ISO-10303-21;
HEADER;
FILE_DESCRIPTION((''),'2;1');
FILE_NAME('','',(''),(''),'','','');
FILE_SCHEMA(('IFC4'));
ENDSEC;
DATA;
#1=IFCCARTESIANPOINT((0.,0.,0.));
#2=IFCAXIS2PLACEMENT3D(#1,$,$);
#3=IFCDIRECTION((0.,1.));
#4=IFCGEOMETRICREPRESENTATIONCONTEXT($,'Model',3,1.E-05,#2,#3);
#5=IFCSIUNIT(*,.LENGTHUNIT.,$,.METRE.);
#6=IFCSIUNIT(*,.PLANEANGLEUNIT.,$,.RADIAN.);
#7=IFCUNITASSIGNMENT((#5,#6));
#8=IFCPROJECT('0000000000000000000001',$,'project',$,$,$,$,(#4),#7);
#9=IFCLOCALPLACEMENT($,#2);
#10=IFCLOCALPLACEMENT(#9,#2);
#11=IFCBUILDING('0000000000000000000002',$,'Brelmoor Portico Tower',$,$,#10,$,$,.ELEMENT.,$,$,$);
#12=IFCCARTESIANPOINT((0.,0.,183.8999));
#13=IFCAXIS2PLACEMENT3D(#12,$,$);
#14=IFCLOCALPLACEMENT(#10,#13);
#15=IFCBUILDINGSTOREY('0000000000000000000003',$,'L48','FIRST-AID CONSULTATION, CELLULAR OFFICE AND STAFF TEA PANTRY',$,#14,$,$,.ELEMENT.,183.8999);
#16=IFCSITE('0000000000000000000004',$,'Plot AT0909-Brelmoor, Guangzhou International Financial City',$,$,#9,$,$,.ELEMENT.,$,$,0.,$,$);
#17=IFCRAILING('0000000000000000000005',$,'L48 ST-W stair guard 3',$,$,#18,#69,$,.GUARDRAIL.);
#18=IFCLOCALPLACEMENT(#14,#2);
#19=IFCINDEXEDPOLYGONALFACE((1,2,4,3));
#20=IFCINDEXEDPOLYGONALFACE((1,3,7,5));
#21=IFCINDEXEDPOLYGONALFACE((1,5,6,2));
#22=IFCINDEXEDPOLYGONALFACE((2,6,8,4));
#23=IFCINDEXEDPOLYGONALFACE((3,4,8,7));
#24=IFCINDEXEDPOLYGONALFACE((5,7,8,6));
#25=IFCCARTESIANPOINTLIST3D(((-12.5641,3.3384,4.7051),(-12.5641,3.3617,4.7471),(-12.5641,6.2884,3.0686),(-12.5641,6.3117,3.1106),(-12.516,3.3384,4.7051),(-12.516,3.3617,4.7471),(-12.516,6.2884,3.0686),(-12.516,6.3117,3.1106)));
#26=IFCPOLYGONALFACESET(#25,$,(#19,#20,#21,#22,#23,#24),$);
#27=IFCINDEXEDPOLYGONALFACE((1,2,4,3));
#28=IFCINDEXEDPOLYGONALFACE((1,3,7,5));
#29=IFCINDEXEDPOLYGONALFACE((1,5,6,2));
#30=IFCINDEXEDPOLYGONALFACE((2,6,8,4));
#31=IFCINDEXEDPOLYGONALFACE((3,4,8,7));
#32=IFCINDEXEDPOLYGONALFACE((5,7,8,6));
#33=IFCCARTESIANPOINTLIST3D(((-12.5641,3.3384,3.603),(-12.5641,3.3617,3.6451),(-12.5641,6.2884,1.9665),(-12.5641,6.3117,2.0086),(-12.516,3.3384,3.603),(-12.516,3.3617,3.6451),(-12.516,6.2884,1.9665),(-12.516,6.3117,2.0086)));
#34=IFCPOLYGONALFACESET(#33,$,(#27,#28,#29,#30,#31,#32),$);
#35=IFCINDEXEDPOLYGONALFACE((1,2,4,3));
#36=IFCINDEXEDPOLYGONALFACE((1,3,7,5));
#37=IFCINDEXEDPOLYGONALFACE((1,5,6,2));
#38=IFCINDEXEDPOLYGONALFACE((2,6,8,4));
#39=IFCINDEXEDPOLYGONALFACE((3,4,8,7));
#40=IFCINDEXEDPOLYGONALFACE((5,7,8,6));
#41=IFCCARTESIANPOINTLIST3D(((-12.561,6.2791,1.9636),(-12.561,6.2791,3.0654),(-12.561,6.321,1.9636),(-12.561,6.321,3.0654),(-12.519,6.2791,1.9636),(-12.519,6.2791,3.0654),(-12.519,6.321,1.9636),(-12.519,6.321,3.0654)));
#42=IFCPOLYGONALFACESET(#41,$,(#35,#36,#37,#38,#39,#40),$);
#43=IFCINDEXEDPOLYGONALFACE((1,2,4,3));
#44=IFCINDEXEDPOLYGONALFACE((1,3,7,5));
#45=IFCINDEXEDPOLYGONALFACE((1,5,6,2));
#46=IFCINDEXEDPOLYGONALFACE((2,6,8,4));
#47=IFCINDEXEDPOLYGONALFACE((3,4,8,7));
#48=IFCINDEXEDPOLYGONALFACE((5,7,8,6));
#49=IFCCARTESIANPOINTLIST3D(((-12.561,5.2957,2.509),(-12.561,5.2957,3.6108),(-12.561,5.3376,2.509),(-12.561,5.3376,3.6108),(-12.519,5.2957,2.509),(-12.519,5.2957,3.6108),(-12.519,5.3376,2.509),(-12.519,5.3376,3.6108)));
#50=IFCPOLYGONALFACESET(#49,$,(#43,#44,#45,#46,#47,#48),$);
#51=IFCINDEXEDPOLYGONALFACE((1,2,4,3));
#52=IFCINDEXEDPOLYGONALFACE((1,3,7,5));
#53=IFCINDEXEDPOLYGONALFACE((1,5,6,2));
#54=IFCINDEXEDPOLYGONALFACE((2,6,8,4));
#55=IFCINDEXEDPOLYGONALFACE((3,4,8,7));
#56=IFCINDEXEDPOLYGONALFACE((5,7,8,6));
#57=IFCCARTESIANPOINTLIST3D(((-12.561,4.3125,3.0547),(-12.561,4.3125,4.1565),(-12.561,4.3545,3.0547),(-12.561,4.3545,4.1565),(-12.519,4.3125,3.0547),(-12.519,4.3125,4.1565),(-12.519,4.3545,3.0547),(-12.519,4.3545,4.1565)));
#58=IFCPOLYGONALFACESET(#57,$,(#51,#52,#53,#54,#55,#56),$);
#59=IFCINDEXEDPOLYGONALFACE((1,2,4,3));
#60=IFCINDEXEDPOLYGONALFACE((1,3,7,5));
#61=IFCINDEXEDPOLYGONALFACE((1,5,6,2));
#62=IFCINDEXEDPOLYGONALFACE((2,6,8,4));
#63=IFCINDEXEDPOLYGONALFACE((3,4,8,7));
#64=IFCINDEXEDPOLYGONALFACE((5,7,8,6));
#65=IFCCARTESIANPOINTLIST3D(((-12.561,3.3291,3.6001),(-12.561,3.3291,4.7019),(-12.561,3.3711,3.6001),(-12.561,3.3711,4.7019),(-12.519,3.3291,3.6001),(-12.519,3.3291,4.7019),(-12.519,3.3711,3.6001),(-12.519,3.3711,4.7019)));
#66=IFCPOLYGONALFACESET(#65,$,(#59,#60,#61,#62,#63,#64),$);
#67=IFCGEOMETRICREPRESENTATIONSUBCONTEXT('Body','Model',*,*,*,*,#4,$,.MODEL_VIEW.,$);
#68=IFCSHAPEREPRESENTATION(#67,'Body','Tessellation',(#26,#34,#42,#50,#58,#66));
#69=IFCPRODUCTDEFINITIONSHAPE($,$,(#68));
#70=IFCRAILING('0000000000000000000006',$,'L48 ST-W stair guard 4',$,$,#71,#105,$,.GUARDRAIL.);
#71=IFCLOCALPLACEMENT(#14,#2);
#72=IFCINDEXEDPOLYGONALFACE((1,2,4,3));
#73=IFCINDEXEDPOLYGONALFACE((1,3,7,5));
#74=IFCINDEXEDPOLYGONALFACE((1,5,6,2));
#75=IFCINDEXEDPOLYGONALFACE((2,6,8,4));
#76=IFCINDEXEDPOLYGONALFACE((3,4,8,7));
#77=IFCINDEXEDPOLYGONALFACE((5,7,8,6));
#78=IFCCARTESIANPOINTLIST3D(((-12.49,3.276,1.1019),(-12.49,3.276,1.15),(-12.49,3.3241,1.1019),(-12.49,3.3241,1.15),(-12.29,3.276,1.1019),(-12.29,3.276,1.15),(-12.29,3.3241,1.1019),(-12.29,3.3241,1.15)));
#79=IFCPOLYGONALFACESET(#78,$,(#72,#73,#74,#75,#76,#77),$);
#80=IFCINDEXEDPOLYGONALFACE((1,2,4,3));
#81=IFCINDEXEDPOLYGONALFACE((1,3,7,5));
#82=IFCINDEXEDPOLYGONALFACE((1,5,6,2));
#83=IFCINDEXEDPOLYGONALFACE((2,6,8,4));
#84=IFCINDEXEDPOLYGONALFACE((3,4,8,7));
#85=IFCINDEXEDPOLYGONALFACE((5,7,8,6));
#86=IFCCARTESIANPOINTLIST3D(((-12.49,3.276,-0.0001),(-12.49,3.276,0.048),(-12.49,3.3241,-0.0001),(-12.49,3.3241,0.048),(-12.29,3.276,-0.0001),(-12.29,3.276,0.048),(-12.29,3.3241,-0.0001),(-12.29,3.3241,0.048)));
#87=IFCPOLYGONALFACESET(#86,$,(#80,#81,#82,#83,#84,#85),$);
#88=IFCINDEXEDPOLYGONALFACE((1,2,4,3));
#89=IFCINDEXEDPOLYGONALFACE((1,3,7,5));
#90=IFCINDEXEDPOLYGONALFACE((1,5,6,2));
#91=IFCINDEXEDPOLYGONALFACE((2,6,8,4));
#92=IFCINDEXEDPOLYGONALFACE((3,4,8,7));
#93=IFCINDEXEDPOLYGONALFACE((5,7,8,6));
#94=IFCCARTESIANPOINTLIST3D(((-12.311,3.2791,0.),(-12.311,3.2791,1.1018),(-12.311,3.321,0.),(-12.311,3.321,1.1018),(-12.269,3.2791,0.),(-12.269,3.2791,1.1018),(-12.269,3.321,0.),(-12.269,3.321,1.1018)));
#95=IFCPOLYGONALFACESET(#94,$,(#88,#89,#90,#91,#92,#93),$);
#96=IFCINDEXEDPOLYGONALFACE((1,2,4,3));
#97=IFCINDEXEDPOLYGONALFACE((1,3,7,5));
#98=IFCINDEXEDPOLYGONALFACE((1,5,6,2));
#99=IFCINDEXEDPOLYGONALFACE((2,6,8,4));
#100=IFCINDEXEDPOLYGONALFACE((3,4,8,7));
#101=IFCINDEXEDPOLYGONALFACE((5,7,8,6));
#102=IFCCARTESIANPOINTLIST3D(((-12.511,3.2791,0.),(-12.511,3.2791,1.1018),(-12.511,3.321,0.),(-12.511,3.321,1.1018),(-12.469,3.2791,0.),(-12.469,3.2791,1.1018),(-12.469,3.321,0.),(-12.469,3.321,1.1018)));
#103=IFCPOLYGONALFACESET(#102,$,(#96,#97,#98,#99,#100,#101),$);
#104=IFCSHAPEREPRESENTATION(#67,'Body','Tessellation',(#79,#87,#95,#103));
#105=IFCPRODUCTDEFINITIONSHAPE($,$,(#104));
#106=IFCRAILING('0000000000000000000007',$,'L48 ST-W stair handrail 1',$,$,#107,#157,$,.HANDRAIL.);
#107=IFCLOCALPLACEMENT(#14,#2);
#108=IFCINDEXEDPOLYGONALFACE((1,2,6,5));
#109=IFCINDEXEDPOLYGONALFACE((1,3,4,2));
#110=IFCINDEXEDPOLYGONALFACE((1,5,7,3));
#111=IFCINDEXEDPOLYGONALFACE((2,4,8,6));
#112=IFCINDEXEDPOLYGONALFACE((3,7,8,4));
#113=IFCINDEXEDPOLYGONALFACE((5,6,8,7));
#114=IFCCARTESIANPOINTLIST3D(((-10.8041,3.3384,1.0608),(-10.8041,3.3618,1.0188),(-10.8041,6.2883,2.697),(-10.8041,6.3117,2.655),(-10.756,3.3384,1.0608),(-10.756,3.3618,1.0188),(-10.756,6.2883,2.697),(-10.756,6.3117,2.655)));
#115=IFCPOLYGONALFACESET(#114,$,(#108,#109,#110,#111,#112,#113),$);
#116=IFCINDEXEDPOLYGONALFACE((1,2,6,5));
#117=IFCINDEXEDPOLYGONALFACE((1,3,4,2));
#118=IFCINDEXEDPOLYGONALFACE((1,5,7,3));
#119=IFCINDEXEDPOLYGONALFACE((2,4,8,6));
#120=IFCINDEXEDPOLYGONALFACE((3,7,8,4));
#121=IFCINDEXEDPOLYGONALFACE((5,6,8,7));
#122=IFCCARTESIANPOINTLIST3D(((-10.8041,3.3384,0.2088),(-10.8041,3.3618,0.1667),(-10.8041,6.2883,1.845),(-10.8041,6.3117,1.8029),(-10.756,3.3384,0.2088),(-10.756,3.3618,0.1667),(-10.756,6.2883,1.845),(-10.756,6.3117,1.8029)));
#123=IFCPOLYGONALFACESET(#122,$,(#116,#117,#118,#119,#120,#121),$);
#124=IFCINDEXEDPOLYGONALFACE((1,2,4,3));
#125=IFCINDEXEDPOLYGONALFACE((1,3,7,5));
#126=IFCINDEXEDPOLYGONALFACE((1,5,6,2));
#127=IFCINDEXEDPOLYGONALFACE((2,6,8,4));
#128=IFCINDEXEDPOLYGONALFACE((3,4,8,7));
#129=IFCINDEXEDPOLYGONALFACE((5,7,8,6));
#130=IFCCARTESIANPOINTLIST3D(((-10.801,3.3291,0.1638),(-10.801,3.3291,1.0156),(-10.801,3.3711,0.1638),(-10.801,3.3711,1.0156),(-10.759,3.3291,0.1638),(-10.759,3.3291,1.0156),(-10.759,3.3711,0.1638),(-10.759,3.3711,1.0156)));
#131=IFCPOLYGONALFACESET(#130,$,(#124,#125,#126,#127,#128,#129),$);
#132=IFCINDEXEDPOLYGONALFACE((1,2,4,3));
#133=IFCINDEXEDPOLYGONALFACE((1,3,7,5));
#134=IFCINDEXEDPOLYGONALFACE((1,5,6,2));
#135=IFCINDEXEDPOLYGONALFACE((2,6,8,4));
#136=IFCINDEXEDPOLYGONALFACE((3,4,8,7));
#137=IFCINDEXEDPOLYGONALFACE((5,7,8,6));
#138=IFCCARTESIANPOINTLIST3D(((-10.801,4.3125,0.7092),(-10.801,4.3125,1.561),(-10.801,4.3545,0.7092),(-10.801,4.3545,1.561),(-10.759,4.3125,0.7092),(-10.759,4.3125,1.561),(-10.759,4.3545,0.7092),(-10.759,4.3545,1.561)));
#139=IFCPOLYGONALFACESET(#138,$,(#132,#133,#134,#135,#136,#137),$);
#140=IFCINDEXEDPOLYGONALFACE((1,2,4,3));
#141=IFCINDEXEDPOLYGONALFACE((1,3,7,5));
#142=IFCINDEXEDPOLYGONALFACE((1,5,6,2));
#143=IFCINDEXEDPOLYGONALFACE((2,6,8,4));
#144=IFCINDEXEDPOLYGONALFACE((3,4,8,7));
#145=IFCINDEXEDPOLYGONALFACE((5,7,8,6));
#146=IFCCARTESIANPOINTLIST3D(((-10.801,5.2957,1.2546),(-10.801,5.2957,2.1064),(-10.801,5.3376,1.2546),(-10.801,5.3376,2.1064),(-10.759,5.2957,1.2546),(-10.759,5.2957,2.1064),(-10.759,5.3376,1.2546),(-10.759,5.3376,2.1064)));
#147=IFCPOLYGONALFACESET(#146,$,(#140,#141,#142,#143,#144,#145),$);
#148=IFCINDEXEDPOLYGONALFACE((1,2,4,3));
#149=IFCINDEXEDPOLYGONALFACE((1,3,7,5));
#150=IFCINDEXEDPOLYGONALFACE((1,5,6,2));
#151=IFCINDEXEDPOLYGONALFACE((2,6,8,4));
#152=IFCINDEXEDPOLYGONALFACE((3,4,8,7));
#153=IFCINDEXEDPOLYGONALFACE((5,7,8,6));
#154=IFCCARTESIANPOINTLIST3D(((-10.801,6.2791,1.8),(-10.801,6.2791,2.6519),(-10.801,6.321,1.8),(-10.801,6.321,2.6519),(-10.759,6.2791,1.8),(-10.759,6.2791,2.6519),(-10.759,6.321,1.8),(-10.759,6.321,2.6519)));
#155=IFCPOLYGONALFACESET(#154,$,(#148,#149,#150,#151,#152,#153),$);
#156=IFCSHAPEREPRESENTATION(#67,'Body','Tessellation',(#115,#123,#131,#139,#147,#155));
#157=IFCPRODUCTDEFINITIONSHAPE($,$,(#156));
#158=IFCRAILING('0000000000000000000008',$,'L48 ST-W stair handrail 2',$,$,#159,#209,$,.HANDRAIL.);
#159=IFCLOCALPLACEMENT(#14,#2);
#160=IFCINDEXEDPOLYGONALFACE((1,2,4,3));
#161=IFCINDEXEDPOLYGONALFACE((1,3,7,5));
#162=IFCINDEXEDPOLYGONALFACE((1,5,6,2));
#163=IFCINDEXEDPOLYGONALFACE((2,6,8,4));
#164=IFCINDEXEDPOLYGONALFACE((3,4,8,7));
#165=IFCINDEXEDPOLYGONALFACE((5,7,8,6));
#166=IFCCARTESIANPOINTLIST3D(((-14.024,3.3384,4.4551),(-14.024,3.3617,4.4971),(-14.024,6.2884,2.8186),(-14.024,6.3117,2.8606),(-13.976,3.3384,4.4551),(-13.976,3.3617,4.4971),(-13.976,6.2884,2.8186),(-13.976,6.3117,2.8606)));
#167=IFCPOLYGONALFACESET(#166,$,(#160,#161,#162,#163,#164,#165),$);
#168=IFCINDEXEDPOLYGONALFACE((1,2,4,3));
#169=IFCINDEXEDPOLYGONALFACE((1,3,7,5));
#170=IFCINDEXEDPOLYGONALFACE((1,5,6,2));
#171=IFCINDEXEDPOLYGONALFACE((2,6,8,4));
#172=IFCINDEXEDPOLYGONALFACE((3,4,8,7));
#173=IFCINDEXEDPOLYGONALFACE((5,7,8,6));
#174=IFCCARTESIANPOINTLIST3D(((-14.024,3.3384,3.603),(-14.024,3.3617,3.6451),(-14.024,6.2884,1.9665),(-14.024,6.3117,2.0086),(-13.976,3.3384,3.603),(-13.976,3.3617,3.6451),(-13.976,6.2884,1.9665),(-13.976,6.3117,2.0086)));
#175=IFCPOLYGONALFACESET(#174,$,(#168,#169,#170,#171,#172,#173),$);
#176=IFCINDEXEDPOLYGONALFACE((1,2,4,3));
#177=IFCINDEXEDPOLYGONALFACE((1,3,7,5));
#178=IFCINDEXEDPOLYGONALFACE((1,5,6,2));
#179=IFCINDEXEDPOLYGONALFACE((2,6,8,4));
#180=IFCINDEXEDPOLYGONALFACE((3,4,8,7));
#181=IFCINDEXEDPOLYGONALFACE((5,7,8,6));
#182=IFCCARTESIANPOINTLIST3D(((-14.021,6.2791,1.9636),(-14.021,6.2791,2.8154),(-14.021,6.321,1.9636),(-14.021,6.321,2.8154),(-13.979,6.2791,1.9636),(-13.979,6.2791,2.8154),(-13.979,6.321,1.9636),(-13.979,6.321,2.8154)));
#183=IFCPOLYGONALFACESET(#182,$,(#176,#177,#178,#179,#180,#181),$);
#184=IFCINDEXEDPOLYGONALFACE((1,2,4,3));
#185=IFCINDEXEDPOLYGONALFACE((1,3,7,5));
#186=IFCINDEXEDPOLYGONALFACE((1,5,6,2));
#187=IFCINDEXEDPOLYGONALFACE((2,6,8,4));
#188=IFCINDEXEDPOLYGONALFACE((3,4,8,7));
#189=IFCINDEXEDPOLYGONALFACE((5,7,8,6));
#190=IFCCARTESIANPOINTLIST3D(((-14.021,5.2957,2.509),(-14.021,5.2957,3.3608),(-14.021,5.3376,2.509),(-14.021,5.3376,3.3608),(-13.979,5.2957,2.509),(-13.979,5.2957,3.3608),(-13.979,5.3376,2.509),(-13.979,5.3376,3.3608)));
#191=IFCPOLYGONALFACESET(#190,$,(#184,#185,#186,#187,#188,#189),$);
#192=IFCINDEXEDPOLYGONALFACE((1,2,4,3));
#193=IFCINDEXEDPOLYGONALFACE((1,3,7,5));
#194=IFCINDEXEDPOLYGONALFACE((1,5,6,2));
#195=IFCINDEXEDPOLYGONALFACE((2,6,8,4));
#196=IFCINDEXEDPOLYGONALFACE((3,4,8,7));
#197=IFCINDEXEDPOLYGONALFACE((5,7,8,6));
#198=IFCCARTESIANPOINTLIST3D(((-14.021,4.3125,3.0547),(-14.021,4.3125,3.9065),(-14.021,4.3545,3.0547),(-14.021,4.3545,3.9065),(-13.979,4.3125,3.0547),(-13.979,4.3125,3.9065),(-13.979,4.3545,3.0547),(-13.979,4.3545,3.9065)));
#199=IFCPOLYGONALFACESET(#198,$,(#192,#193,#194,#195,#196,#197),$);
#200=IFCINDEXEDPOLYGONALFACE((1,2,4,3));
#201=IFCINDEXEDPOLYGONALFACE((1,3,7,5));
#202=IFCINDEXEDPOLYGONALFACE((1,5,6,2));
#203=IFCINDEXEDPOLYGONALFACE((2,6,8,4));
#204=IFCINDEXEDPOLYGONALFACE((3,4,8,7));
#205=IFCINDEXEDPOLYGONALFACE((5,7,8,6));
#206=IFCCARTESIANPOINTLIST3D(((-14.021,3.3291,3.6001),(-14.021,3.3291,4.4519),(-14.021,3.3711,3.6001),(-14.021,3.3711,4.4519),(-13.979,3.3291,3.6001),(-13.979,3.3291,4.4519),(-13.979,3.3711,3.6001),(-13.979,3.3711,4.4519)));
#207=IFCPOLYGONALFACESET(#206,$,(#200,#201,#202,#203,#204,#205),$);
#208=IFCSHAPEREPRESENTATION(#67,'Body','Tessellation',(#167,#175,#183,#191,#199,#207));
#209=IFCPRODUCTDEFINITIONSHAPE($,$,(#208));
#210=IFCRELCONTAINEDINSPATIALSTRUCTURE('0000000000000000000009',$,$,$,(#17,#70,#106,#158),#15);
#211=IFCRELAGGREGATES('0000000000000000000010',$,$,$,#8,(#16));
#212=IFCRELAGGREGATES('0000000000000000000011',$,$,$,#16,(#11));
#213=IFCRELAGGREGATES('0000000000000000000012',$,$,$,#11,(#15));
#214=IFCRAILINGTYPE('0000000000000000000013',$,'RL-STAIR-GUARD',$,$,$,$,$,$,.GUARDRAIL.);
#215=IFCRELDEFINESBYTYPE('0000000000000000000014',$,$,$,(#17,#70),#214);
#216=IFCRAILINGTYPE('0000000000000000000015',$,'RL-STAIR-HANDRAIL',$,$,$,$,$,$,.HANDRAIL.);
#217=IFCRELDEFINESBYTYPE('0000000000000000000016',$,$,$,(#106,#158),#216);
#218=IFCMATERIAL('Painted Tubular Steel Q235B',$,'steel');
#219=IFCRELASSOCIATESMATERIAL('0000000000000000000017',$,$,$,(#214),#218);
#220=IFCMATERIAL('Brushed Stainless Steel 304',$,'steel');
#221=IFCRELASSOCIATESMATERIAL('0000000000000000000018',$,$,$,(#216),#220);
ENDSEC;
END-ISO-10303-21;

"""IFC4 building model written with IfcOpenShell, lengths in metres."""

from ifc_helpers import new_model, si_unit, direction, frame, origin, origin_2d, place, context, subcontext, project, spatial, rectangle, extrude, material, type_object, element, save


model = new_model("IFC4")

# Units and contexts
model_context = context("Model", 3, precision=1e-05, world=origin(), true_north=direction((0.0, 1.0)))
body_context = subcontext(model_context, "Body", "Model", "MODEL_VIEW")
ifc_project = project(units=[si_unit("LENGTHUNIT", "METRE"), si_unit("PLANEANGLEUNIT", "RADIAN")], contexts=[model_context])

# Site, building, storey
site_placement = place(None, origin())
site = spatial("IfcSite", under=ifc_project, at=site_placement, Name="Plot AT0909-Brelmoor, Guangzhou International Financial City", CompositionType="ELEMENT", RefElevation=0.0)
building_placement = place(site_placement, origin())
building = spatial("IfcBuilding", under=site, at=building_placement, Name="Brelmoor Portico Tower", CompositionType="ELEMENT")
storey_placement = place(building_placement, frame((0.0, 0.0, 183.8999)))
storey = spatial("IfcBuildingStorey", under=building, at=storey_placement, Name="L48", Description="FIRST-AID CONSULTATION, CELLULAR OFFICE AND STAFF TEA PANTRY", CompositionType="ELEMENT", Elevation=183.8999)

# Railings
ifc_material_1 = material(Name="Painted Tubular Steel Q235B", Category="steel")
railing_type_1 = type_object("IfcRailingType", Name="RL-STAIR-GUARD", PredefinedType="GUARDRAIL", material=ifc_material_1)
railing_1_placement = place(storey_placement, frame((-12.54, 6.3, 1.9636)))
element("IfcRailing", 1, at=railing_1_placement, inside=storey, type_object=railing_type_1, Name="L48 ST-W stair guard 3", PredefinedType="GUARDRAIL", context=body_context, shape_type="SweptSolid", body=[
    extrude(rectangle(XDim=0.0481, YDim=0.0481, at=origin_2d()), frame((0.0, 0.0, 1.126), z_axis=(0.0, -0.874458, 0.485102), x_axis=(1.0, 0.0, 0.0)), (0.0, 0.0, 1.0), 3.3735),
    extrude(rectangle(XDim=0.0481, YDim=0.0481, at=origin_2d()), frame((0.0, 0.0, 0.0239), z_axis=(0.0, -0.874458, 0.485102), x_axis=(1.0, 0.0, 0.0)), (0.0, 0.0, 1.0), 3.3735),
    extrude(rectangle(XDim=0.042, YDim=0.042, at=origin_2d()), origin(), (0.0, 0.0, 1.0), 1.1018),
    extrude(rectangle(XDim=0.042, YDim=0.042, at=origin_2d()), frame((0.0, -0.9834, 0.5454)), (0.0, 0.0, 1.0), 1.1018),
    extrude(rectangle(XDim=0.042, YDim=0.042, at=origin_2d()), frame((0.0, -1.9666, 1.0911)), (0.0, 0.0, 1.0), 1.1018),
    extrude(rectangle(XDim=0.042, YDim=0.042, at=origin_2d()), frame((0.0, -2.95, 1.6365)), (0.0, 0.0, 1.0), 1.1018),
])
railing_2_placement = place(storey_placement, frame((-12.29, 3.3, 0.0)))
element("IfcRailing", 2, at=railing_2_placement, inside=storey, type_object=railing_type_1, Name="L48 ST-W stair guard 4", PredefinedType="GUARDRAIL", context=body_context, shape_type="SweptSolid", body=[
    extrude(rectangle(XDim=0.0481, YDim=0.0481, at=origin_2d()), frame((0.0, 0.0, 1.126), z_axis=(-1.0, 0.0, 0.0), x_axis=(0.0, -1.0, 0.0)), (0.0, 0.0, 1.0), 0.2),
    extrude(rectangle(XDim=0.0481, YDim=0.0481, at=origin_2d()), frame((0.0, 0.0, 0.0239), z_axis=(-1.0, 0.0, 0.0), x_axis=(0.0, -1.0, 0.0)), (0.0, 0.0, 1.0), 0.2),
    extrude(rectangle(XDim=0.042, YDim=0.042, at=origin_2d()), origin(), (0.0, 0.0, 1.0), 1.1018),
    extrude(rectangle(XDim=0.042, YDim=0.042, at=origin_2d()), frame((-0.2, 0.0, 0.0)), (0.0, 0.0, 1.0), 1.1018),
])
ifc_material_2 = material(Name="Brushed Stainless Steel 304", Category="steel")
railing_type_2 = type_object("IfcRailingType", Name="RL-STAIR-HANDRAIL", PredefinedType="HANDRAIL", material=ifc_material_2)
railing_3_placement = place(storey_placement, frame((-10.78, 3.3501, 0.1638)))
element("IfcRailing", 3, at=railing_3_placement, inside=storey, type_object=railing_type_2, Name="L48 ST-W stair handrail 1", PredefinedType="HANDRAIL", context=body_context, shape_type="SweptSolid", body=[
    extrude(rectangle(XDim=0.0481, YDim=0.0481, at=origin_2d()), frame((0.0, 0.0, 0.876), z_axis=(0.0, 0.874488, 0.485047), x_axis=(-1.0, 0.0, 0.0)), (0.0, 0.0, 1.0), 3.3733),
    extrude(rectangle(XDim=0.0481, YDim=0.0481, at=origin_2d()), frame((0.0, 0.0, 0.0239), z_axis=(0.0, 0.874488, 0.485047), x_axis=(-1.0, 0.0, 0.0)), (0.0, 0.0, 1.0), 3.3733),
    extrude(rectangle(XDim=0.042, YDim=0.042, at=origin_2d()), origin(), (0.0, 0.0, 1.0), 0.8518),
    extrude(rectangle(XDim=0.042, YDim=0.042, at=origin_2d()), frame((0.0, 0.9834, 0.5454)), (0.0, 0.0, 1.0), 0.8518),
    extrude(rectangle(XDim=0.042, YDim=0.042, at=origin_2d()), frame((0.0, 1.9666, 1.0908)), (0.0, 0.0, 1.0), 0.8518),
    extrude(rectangle(XDim=0.042, YDim=0.042, at=origin_2d()), frame((0.0, 2.95, 1.6362)), (0.0, 0.0, 1.0), 0.8518),
])
railing_4_placement = place(storey_placement, frame((-14.0, 6.3, 1.9636)))
element("IfcRailing", 4, at=railing_4_placement, inside=storey, type_object=railing_type_2, Name="L48 ST-W stair handrail 2", PredefinedType="HANDRAIL", context=body_context, shape_type="SweptSolid", body=[
    extrude(rectangle(XDim=0.0481, YDim=0.0481, at=origin_2d()), frame((0.0, 0.0, 0.876), z_axis=(0.0, -0.874458, 0.485102), x_axis=(1.0, 0.0, 0.0)), (0.0, 0.0, 1.0), 3.3735),
    extrude(rectangle(XDim=0.0481, YDim=0.0481, at=origin_2d()), frame((0.0, 0.0, 0.0239), z_axis=(0.0, -0.874458, 0.485102), x_axis=(1.0, 0.0, 0.0)), (0.0, 0.0, 1.0), 3.3735),
    extrude(rectangle(XDim=0.042, YDim=0.042, at=origin_2d()), origin(), (0.0, 0.0, 1.0), 0.8518),
    extrude(rectangle(XDim=0.042, YDim=0.042, at=origin_2d()), frame((0.0, -0.9834, 0.5454)), (0.0, 0.0, 1.0), 0.8518),
    extrude(rectangle(XDim=0.042, YDim=0.042, at=origin_2d()), frame((0.0, -1.9666, 1.0911)), (0.0, 0.0, 1.0), 0.8518),
    extrude(rectangle(XDim=0.042, YDim=0.042, at=origin_2d()), frame((0.0, -2.95, 1.6365)), (0.0, 0.0, 1.0), 0.8518),
])

save(model, "model.ifc")
